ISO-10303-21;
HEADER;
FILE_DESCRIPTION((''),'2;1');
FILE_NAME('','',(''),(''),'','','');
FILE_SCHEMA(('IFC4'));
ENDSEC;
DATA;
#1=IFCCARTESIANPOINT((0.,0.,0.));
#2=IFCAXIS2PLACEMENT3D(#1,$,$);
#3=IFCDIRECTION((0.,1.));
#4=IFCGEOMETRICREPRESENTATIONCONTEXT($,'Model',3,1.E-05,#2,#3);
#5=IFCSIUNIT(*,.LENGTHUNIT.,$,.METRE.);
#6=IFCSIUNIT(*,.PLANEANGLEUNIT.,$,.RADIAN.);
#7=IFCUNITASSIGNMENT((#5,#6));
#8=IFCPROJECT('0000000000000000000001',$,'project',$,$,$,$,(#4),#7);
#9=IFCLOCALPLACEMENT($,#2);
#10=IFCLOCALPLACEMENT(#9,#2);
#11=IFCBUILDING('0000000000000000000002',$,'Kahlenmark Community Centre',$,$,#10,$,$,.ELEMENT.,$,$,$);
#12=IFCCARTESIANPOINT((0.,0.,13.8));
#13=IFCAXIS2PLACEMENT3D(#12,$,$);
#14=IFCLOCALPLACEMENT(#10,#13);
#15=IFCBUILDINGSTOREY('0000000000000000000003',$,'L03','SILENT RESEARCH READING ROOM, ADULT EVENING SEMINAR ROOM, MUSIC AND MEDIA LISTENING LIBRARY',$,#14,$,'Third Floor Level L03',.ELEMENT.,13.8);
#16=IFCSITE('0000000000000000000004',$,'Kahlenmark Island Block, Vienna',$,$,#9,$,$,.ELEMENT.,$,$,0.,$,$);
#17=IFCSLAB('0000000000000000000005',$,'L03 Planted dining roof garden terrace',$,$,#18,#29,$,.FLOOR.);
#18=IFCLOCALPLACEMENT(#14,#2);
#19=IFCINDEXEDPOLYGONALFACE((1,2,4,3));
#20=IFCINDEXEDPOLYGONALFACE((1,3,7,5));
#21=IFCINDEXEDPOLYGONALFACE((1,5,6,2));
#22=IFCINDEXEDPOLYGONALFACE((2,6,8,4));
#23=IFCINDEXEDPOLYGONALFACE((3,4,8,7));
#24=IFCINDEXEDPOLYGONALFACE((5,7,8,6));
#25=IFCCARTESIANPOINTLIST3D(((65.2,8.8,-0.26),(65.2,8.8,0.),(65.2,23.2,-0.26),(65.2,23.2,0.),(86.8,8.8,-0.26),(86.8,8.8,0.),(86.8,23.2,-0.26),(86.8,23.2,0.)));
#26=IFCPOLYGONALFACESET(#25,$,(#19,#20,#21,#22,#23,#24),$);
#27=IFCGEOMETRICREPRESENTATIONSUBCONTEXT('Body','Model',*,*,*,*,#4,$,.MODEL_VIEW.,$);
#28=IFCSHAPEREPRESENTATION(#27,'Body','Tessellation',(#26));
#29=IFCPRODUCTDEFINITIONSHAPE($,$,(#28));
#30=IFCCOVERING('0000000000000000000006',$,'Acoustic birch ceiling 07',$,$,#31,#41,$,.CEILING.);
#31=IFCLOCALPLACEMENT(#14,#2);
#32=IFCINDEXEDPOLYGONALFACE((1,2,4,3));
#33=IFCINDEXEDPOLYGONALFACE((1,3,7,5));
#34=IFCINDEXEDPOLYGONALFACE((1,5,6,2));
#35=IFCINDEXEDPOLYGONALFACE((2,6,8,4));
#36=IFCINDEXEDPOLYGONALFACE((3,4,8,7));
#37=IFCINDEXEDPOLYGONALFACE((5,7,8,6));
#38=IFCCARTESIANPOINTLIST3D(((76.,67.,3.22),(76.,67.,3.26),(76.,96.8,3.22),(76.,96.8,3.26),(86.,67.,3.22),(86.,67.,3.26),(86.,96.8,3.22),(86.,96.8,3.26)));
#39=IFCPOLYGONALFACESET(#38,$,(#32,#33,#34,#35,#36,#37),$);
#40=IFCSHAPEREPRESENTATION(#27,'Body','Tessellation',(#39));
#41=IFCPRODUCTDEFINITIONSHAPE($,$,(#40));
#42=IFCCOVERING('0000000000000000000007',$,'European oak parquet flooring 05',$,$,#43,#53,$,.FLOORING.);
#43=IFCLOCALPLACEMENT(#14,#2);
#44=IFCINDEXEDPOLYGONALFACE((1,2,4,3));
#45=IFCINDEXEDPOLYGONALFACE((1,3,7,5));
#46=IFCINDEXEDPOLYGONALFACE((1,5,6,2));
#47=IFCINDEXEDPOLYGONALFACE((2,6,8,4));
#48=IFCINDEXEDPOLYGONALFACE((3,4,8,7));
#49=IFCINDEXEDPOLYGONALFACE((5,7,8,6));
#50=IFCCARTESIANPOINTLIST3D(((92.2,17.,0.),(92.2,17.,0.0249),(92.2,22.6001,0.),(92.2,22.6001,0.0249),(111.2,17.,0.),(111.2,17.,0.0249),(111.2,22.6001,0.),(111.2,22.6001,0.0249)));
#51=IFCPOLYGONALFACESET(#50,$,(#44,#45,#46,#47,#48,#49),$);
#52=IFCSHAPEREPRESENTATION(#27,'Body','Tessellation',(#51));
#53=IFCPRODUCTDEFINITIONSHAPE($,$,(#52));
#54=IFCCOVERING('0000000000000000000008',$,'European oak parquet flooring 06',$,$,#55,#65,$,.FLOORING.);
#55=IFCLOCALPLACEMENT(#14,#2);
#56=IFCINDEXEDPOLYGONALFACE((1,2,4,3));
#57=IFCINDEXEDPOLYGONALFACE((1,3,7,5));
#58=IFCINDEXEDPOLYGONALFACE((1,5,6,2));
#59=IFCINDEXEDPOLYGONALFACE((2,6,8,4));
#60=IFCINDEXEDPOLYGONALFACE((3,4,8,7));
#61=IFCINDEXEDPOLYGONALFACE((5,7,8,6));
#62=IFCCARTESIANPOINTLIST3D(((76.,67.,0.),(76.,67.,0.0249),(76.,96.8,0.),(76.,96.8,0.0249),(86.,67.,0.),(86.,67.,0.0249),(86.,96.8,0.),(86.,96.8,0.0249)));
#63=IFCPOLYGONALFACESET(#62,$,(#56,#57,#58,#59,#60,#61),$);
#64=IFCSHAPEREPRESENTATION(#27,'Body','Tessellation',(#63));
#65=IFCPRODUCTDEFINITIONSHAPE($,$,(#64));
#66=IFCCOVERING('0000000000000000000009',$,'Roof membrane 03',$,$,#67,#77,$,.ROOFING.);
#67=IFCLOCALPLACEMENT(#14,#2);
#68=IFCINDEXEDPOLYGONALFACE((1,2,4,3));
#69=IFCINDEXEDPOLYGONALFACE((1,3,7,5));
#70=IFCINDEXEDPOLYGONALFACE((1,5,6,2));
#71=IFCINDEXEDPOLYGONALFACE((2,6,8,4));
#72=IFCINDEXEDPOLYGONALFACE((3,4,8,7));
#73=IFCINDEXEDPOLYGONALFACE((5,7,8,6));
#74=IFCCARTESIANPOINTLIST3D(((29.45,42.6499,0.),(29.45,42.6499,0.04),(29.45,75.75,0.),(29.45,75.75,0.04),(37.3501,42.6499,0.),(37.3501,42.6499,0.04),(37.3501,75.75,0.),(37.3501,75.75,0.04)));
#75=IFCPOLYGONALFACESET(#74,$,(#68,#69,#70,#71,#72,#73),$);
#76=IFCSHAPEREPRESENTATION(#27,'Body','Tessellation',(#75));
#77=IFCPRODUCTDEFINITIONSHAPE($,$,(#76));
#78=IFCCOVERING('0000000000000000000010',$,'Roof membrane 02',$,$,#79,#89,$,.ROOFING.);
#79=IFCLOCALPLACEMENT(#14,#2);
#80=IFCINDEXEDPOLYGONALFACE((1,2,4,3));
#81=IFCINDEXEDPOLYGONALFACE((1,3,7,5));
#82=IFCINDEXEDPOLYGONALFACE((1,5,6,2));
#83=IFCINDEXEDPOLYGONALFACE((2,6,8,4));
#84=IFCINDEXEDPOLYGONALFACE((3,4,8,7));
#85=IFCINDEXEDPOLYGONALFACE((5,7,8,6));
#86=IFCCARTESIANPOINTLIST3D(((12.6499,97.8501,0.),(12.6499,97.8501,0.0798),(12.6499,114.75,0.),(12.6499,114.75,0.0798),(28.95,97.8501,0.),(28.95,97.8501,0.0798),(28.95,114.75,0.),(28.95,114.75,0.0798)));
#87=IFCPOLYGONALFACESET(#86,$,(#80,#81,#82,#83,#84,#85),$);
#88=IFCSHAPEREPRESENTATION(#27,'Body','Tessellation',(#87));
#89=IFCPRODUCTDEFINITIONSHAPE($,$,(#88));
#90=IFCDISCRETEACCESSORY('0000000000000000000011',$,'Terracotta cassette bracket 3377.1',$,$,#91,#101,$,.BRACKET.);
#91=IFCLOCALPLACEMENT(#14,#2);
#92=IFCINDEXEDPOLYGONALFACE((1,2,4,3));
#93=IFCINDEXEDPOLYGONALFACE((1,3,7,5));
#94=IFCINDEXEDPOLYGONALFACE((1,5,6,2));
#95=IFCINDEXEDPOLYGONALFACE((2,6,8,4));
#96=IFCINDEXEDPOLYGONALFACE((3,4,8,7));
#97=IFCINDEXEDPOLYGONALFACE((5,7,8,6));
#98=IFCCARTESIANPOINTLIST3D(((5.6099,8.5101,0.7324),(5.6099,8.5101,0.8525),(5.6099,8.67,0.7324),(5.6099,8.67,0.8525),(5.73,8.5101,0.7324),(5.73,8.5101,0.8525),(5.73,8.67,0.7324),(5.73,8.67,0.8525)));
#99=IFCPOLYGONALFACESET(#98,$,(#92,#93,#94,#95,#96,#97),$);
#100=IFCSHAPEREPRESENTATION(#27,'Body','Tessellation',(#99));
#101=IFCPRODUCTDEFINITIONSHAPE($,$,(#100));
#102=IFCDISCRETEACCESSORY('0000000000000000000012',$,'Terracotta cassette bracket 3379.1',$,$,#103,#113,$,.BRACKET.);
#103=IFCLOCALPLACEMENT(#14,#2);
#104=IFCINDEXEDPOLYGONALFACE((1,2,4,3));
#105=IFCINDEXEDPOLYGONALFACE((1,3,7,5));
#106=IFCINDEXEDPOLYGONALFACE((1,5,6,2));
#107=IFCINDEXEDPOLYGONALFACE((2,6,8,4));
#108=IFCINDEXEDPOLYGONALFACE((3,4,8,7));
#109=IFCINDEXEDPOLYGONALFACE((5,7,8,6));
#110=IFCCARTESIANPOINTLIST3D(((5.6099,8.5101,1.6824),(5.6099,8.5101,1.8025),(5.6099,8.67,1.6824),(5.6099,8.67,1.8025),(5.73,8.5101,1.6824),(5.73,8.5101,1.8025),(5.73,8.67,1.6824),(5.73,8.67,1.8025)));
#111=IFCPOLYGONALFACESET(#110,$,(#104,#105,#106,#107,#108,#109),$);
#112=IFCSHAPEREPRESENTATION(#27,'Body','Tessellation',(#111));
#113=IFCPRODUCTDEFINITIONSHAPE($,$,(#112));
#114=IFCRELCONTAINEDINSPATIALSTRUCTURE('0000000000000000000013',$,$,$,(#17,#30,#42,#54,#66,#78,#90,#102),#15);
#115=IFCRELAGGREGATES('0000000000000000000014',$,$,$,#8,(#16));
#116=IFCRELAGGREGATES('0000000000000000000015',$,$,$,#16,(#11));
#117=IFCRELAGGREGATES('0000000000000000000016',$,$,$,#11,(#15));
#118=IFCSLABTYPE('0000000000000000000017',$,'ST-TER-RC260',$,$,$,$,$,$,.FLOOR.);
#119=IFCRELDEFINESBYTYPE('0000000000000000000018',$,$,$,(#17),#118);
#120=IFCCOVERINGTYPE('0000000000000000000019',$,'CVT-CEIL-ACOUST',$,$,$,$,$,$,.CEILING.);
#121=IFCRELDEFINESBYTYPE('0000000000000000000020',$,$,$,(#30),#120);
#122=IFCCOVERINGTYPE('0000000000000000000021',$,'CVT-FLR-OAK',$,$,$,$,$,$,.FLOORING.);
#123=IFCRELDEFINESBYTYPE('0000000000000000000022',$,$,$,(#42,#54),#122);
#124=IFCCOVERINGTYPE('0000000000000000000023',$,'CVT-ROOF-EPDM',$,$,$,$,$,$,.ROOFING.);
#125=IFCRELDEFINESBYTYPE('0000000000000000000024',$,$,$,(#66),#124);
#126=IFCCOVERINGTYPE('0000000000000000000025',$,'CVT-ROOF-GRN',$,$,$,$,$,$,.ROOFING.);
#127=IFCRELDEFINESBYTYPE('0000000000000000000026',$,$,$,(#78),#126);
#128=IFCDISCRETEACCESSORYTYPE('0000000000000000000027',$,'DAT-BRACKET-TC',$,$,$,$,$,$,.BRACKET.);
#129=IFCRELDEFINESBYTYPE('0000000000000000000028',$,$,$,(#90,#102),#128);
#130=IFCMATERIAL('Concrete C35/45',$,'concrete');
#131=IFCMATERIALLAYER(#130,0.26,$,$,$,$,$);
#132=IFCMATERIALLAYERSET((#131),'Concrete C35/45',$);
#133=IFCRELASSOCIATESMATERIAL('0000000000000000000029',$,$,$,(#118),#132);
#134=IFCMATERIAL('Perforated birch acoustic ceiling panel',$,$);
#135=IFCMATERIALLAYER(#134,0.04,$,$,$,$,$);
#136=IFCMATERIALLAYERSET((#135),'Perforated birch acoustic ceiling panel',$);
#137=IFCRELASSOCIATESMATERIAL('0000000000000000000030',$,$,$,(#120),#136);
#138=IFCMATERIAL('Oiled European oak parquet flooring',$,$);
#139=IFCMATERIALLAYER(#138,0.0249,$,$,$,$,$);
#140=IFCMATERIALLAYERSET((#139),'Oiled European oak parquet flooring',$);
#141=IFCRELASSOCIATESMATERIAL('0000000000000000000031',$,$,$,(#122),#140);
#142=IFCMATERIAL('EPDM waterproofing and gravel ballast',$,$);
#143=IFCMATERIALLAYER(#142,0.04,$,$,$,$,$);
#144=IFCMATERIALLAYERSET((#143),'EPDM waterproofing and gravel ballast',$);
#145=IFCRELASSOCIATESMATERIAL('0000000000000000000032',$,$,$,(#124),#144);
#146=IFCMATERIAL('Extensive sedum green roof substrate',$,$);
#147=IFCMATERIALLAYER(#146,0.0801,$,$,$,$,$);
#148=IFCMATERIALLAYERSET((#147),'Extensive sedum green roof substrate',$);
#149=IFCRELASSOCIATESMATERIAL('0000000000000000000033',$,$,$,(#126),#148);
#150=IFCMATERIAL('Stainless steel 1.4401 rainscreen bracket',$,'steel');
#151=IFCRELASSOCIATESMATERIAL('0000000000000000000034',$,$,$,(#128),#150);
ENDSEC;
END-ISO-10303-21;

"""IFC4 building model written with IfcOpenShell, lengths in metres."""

from ifc_helpers import new_model, si_unit, direction, frame, origin, origin_2d, place, context, subcontext, project, spatial, polyline, rectangle, outline, extrude, material, layer, layer_set, type_object, element, save


model = new_model("IFC4")

# Units and contexts
model_context = context("Model", 3, precision=1e-05, world=origin(), true_north=direction((0.0, 1.0)))
body_context = subcontext(model_context, "Body", "Model", "MODEL_VIEW")
ifc_project = project(units=[si_unit("LENGTHUNIT", "METRE"), si_unit("PLANEANGLEUNIT", "RADIAN")], contexts=[model_context])

# Site, building, storey
site_placement = place(None, origin())
site = spatial("IfcSite", under=ifc_project, at=site_placement, Name="Kahlenmark Island Block, Vienna", CompositionType="ELEMENT", RefElevation=0.0)
building_placement = place(site_placement, origin())
building = spatial("IfcBuilding", under=site, at=building_placement, Name="Kahlenmark Community Centre", CompositionType="ELEMENT")
storey_placement = place(building_placement, frame((0.0, 0.0, 13.8)))
storey = spatial("IfcBuildingStorey", under=building, at=storey_placement, Name="L03", Description="SILENT RESEARCH READING ROOM, ADULT EVENING SEMINAR ROOM, MUSIC AND MEDIA LISTENING LIBRARY", LongName="Third Floor Level L03", CompositionType="ELEMENT", Elevation=13.8)

# Shared definitions
ifc_material_1 = material(Name="Concrete C35/45", Category="concrete")

# Slab
ifc_layer_1 = layer(ifc_material_1, 0.26)
ifc_layer_set_1 = layer_set([ifc_layer_1], Name="Concrete C35/45")
slab_type_1 = type_object("IfcSlabType", Name="ST-TER-RC260", PredefinedType="FLOOR", material=ifc_layer_set_1)
slab_1_placement = place(storey_placement, frame((0.0, 0.0, -0.26)))
element("IfcSlab", 1, at=slab_1_placement, inside=storey, type_object=slab_type_1, Name="L03 Planted dining roof garden terrace", PredefinedType="FLOOR", context=body_context, shape_type="SweptSolid", body=[
    extrude(outline(polyline([(65.2, 8.8), (86.8, 8.8), (86.8, 23.2), (65.2, 23.2), (65.2, 8.8)])), origin(), (0.0, 0.0, 1.0), 0.26),
])

# Coverings
ifc_material_2 = material(Name="Perforated birch acoustic ceiling panel")
ifc_layer_2 = layer(ifc_material_2, 0.04)
ifc_layer_set_2 = layer_set([ifc_layer_2], Name="Perforated birch acoustic ceiling panel")
covering_type_1 = type_object("IfcCoveringType", Name="CVT-CEIL-ACOUST", PredefinedType="CEILING", material=ifc_layer_set_2)
covering_1_placement = place(storey_placement, frame((0.0, 0.0, 3.22)))
element("IfcCovering", 2, at=covering_1_placement, inside=storey, type_object=covering_type_1, Name="Acoustic birch ceiling 07", PredefinedType="CEILING", context=body_context, shape_type="SweptSolid", body=[
    extrude(outline(polyline([(76.0, 67.0), (86.0, 67.0), (86.0, 96.8), (76.0, 96.8), (76.0, 67.0)])), origin(), (0.0, 0.0, 1.0), 0.04),
])
ifc_material_3 = material(Name="Oiled European oak parquet flooring")
ifc_layer_3 = layer(ifc_material_3, 0.0249)
ifc_layer_set_3 = layer_set([ifc_layer_3], Name="Oiled European oak parquet flooring")
covering_type_2 = type_object("IfcCoveringType", Name="CVT-FLR-OAK", PredefinedType="FLOORING", material=ifc_layer_set_3)
covering_2_placement = place(storey_placement, origin())
element("IfcCovering", 3, at=covering_2_placement, inside=storey, type_object=covering_type_2, Name="European oak parquet flooring 05", PredefinedType="FLOORING", context=body_context, shape_type="SweptSolid", body=[
    extrude(outline(polyline([(92.2, 17.0), (111.2, 17.0), (111.2, 22.6001), (92.2, 22.6001), (92.2, 17.0)])), origin(), (0.0, 0.0, 1.0), 0.0249),
])
covering_3_placement = place(storey_placement, origin())
element("IfcCovering", 4, at=covering_3_placement, inside=storey, type_object=covering_type_2, Name="European oak parquet flooring 06", PredefinedType="FLOORING", context=body_context, shape_type="SweptSolid", body=[
    extrude(outline(polyline([(76.0, 67.0), (86.0, 67.0), (86.0, 96.8), (76.0, 96.8), (76.0, 67.0)])), origin(), (0.0, 0.0, 1.0), 0.0249),
])
ifc_material_4 = material(Name="EPDM waterproofing and gravel ballast")
ifc_layer_4 = layer(ifc_material_4, 0.04)
ifc_layer_set_4 = layer_set([ifc_layer_4], Name="EPDM waterproofing and gravel ballast")
covering_type_3 = type_object("IfcCoveringType", Name="CVT-ROOF-EPDM", PredefinedType="ROOFING", material=ifc_layer_set_4)
covering_4_placement = place(storey_placement, origin())
element("IfcCovering", 5, at=covering_4_placement, inside=storey, type_object=covering_type_3, Name="Roof membrane 03", PredefinedType="ROOFING", context=body_context, shape_type="SweptSolid", body=[
    extrude(outline(polyline([(29.45, 42.6499), (37.3501, 42.6499), (37.3501, 75.75), (29.45, 75.75), (29.45, 42.6499)])), origin(), (0.0, 0.0, 1.0), 0.04),
])
ifc_material_5 = material(Name="Extensive sedum green roof substrate")
ifc_layer_5 = layer(ifc_material_5, 0.0801)
ifc_layer_set_5 = layer_set([ifc_layer_5], Name="Extensive sedum green roof substrate")
covering_type_4 = type_object("IfcCoveringType", Name="CVT-ROOF-GRN", PredefinedType="ROOFING", material=ifc_layer_set_5)
covering_5_placement = place(storey_placement, origin())
element("IfcCovering", 6, at=covering_5_placement, inside=storey, type_object=covering_type_4, Name="Roof membrane 02", PredefinedType="ROOFING", context=body_context, shape_type="SweptSolid", body=[
    extrude(outline(polyline([(12.6499, 97.8501), (28.95, 97.8501), (28.95, 114.75), (12.6499, 114.75), (12.6499, 97.8501)])), origin(), (0.0, 0.0, 1.0), 0.0798),
])

# Discrete accessories
ifc_material_6 = material(Name="Stainless steel 1.4401 rainscreen bracket", Category="steel")
discrete_accessory_type = type_object("IfcDiscreteAccessoryType", Name="DAT-BRACKET-TC", PredefinedType="BRACKET", material=ifc_material_6)
for number, where, z_axis, x_axis, name in (
    (7, (5.6699, 8.5901, 0.7324), (0.0, 0.0, 1.0), (1.0, 0.0, 0.0), "Terracotta cassette bracket 3377.1"),
    (8, (5.6699, 8.5901, 1.6824), (0.0, 0.0, 1.0), (1.0, 0.0, 0.0), "Terracotta cassette bracket 3379.1"),
):
    element("IfcDiscreteAccessory", number, at=place(storey_placement, frame(where, z_axis=z_axis, x_axis=x_axis)), inside=storey, type_object=discrete_accessory_type, Name=name, PredefinedType="BRACKET", context=body_context, shape_type="SweptSolid", body=[
        extrude(rectangle(XDim=0.1201, YDim=0.1599, at=origin_2d()), origin(), (0.0, 0.0, 1.0), 0.1201),
    ])

save(model, "model.ifc")
